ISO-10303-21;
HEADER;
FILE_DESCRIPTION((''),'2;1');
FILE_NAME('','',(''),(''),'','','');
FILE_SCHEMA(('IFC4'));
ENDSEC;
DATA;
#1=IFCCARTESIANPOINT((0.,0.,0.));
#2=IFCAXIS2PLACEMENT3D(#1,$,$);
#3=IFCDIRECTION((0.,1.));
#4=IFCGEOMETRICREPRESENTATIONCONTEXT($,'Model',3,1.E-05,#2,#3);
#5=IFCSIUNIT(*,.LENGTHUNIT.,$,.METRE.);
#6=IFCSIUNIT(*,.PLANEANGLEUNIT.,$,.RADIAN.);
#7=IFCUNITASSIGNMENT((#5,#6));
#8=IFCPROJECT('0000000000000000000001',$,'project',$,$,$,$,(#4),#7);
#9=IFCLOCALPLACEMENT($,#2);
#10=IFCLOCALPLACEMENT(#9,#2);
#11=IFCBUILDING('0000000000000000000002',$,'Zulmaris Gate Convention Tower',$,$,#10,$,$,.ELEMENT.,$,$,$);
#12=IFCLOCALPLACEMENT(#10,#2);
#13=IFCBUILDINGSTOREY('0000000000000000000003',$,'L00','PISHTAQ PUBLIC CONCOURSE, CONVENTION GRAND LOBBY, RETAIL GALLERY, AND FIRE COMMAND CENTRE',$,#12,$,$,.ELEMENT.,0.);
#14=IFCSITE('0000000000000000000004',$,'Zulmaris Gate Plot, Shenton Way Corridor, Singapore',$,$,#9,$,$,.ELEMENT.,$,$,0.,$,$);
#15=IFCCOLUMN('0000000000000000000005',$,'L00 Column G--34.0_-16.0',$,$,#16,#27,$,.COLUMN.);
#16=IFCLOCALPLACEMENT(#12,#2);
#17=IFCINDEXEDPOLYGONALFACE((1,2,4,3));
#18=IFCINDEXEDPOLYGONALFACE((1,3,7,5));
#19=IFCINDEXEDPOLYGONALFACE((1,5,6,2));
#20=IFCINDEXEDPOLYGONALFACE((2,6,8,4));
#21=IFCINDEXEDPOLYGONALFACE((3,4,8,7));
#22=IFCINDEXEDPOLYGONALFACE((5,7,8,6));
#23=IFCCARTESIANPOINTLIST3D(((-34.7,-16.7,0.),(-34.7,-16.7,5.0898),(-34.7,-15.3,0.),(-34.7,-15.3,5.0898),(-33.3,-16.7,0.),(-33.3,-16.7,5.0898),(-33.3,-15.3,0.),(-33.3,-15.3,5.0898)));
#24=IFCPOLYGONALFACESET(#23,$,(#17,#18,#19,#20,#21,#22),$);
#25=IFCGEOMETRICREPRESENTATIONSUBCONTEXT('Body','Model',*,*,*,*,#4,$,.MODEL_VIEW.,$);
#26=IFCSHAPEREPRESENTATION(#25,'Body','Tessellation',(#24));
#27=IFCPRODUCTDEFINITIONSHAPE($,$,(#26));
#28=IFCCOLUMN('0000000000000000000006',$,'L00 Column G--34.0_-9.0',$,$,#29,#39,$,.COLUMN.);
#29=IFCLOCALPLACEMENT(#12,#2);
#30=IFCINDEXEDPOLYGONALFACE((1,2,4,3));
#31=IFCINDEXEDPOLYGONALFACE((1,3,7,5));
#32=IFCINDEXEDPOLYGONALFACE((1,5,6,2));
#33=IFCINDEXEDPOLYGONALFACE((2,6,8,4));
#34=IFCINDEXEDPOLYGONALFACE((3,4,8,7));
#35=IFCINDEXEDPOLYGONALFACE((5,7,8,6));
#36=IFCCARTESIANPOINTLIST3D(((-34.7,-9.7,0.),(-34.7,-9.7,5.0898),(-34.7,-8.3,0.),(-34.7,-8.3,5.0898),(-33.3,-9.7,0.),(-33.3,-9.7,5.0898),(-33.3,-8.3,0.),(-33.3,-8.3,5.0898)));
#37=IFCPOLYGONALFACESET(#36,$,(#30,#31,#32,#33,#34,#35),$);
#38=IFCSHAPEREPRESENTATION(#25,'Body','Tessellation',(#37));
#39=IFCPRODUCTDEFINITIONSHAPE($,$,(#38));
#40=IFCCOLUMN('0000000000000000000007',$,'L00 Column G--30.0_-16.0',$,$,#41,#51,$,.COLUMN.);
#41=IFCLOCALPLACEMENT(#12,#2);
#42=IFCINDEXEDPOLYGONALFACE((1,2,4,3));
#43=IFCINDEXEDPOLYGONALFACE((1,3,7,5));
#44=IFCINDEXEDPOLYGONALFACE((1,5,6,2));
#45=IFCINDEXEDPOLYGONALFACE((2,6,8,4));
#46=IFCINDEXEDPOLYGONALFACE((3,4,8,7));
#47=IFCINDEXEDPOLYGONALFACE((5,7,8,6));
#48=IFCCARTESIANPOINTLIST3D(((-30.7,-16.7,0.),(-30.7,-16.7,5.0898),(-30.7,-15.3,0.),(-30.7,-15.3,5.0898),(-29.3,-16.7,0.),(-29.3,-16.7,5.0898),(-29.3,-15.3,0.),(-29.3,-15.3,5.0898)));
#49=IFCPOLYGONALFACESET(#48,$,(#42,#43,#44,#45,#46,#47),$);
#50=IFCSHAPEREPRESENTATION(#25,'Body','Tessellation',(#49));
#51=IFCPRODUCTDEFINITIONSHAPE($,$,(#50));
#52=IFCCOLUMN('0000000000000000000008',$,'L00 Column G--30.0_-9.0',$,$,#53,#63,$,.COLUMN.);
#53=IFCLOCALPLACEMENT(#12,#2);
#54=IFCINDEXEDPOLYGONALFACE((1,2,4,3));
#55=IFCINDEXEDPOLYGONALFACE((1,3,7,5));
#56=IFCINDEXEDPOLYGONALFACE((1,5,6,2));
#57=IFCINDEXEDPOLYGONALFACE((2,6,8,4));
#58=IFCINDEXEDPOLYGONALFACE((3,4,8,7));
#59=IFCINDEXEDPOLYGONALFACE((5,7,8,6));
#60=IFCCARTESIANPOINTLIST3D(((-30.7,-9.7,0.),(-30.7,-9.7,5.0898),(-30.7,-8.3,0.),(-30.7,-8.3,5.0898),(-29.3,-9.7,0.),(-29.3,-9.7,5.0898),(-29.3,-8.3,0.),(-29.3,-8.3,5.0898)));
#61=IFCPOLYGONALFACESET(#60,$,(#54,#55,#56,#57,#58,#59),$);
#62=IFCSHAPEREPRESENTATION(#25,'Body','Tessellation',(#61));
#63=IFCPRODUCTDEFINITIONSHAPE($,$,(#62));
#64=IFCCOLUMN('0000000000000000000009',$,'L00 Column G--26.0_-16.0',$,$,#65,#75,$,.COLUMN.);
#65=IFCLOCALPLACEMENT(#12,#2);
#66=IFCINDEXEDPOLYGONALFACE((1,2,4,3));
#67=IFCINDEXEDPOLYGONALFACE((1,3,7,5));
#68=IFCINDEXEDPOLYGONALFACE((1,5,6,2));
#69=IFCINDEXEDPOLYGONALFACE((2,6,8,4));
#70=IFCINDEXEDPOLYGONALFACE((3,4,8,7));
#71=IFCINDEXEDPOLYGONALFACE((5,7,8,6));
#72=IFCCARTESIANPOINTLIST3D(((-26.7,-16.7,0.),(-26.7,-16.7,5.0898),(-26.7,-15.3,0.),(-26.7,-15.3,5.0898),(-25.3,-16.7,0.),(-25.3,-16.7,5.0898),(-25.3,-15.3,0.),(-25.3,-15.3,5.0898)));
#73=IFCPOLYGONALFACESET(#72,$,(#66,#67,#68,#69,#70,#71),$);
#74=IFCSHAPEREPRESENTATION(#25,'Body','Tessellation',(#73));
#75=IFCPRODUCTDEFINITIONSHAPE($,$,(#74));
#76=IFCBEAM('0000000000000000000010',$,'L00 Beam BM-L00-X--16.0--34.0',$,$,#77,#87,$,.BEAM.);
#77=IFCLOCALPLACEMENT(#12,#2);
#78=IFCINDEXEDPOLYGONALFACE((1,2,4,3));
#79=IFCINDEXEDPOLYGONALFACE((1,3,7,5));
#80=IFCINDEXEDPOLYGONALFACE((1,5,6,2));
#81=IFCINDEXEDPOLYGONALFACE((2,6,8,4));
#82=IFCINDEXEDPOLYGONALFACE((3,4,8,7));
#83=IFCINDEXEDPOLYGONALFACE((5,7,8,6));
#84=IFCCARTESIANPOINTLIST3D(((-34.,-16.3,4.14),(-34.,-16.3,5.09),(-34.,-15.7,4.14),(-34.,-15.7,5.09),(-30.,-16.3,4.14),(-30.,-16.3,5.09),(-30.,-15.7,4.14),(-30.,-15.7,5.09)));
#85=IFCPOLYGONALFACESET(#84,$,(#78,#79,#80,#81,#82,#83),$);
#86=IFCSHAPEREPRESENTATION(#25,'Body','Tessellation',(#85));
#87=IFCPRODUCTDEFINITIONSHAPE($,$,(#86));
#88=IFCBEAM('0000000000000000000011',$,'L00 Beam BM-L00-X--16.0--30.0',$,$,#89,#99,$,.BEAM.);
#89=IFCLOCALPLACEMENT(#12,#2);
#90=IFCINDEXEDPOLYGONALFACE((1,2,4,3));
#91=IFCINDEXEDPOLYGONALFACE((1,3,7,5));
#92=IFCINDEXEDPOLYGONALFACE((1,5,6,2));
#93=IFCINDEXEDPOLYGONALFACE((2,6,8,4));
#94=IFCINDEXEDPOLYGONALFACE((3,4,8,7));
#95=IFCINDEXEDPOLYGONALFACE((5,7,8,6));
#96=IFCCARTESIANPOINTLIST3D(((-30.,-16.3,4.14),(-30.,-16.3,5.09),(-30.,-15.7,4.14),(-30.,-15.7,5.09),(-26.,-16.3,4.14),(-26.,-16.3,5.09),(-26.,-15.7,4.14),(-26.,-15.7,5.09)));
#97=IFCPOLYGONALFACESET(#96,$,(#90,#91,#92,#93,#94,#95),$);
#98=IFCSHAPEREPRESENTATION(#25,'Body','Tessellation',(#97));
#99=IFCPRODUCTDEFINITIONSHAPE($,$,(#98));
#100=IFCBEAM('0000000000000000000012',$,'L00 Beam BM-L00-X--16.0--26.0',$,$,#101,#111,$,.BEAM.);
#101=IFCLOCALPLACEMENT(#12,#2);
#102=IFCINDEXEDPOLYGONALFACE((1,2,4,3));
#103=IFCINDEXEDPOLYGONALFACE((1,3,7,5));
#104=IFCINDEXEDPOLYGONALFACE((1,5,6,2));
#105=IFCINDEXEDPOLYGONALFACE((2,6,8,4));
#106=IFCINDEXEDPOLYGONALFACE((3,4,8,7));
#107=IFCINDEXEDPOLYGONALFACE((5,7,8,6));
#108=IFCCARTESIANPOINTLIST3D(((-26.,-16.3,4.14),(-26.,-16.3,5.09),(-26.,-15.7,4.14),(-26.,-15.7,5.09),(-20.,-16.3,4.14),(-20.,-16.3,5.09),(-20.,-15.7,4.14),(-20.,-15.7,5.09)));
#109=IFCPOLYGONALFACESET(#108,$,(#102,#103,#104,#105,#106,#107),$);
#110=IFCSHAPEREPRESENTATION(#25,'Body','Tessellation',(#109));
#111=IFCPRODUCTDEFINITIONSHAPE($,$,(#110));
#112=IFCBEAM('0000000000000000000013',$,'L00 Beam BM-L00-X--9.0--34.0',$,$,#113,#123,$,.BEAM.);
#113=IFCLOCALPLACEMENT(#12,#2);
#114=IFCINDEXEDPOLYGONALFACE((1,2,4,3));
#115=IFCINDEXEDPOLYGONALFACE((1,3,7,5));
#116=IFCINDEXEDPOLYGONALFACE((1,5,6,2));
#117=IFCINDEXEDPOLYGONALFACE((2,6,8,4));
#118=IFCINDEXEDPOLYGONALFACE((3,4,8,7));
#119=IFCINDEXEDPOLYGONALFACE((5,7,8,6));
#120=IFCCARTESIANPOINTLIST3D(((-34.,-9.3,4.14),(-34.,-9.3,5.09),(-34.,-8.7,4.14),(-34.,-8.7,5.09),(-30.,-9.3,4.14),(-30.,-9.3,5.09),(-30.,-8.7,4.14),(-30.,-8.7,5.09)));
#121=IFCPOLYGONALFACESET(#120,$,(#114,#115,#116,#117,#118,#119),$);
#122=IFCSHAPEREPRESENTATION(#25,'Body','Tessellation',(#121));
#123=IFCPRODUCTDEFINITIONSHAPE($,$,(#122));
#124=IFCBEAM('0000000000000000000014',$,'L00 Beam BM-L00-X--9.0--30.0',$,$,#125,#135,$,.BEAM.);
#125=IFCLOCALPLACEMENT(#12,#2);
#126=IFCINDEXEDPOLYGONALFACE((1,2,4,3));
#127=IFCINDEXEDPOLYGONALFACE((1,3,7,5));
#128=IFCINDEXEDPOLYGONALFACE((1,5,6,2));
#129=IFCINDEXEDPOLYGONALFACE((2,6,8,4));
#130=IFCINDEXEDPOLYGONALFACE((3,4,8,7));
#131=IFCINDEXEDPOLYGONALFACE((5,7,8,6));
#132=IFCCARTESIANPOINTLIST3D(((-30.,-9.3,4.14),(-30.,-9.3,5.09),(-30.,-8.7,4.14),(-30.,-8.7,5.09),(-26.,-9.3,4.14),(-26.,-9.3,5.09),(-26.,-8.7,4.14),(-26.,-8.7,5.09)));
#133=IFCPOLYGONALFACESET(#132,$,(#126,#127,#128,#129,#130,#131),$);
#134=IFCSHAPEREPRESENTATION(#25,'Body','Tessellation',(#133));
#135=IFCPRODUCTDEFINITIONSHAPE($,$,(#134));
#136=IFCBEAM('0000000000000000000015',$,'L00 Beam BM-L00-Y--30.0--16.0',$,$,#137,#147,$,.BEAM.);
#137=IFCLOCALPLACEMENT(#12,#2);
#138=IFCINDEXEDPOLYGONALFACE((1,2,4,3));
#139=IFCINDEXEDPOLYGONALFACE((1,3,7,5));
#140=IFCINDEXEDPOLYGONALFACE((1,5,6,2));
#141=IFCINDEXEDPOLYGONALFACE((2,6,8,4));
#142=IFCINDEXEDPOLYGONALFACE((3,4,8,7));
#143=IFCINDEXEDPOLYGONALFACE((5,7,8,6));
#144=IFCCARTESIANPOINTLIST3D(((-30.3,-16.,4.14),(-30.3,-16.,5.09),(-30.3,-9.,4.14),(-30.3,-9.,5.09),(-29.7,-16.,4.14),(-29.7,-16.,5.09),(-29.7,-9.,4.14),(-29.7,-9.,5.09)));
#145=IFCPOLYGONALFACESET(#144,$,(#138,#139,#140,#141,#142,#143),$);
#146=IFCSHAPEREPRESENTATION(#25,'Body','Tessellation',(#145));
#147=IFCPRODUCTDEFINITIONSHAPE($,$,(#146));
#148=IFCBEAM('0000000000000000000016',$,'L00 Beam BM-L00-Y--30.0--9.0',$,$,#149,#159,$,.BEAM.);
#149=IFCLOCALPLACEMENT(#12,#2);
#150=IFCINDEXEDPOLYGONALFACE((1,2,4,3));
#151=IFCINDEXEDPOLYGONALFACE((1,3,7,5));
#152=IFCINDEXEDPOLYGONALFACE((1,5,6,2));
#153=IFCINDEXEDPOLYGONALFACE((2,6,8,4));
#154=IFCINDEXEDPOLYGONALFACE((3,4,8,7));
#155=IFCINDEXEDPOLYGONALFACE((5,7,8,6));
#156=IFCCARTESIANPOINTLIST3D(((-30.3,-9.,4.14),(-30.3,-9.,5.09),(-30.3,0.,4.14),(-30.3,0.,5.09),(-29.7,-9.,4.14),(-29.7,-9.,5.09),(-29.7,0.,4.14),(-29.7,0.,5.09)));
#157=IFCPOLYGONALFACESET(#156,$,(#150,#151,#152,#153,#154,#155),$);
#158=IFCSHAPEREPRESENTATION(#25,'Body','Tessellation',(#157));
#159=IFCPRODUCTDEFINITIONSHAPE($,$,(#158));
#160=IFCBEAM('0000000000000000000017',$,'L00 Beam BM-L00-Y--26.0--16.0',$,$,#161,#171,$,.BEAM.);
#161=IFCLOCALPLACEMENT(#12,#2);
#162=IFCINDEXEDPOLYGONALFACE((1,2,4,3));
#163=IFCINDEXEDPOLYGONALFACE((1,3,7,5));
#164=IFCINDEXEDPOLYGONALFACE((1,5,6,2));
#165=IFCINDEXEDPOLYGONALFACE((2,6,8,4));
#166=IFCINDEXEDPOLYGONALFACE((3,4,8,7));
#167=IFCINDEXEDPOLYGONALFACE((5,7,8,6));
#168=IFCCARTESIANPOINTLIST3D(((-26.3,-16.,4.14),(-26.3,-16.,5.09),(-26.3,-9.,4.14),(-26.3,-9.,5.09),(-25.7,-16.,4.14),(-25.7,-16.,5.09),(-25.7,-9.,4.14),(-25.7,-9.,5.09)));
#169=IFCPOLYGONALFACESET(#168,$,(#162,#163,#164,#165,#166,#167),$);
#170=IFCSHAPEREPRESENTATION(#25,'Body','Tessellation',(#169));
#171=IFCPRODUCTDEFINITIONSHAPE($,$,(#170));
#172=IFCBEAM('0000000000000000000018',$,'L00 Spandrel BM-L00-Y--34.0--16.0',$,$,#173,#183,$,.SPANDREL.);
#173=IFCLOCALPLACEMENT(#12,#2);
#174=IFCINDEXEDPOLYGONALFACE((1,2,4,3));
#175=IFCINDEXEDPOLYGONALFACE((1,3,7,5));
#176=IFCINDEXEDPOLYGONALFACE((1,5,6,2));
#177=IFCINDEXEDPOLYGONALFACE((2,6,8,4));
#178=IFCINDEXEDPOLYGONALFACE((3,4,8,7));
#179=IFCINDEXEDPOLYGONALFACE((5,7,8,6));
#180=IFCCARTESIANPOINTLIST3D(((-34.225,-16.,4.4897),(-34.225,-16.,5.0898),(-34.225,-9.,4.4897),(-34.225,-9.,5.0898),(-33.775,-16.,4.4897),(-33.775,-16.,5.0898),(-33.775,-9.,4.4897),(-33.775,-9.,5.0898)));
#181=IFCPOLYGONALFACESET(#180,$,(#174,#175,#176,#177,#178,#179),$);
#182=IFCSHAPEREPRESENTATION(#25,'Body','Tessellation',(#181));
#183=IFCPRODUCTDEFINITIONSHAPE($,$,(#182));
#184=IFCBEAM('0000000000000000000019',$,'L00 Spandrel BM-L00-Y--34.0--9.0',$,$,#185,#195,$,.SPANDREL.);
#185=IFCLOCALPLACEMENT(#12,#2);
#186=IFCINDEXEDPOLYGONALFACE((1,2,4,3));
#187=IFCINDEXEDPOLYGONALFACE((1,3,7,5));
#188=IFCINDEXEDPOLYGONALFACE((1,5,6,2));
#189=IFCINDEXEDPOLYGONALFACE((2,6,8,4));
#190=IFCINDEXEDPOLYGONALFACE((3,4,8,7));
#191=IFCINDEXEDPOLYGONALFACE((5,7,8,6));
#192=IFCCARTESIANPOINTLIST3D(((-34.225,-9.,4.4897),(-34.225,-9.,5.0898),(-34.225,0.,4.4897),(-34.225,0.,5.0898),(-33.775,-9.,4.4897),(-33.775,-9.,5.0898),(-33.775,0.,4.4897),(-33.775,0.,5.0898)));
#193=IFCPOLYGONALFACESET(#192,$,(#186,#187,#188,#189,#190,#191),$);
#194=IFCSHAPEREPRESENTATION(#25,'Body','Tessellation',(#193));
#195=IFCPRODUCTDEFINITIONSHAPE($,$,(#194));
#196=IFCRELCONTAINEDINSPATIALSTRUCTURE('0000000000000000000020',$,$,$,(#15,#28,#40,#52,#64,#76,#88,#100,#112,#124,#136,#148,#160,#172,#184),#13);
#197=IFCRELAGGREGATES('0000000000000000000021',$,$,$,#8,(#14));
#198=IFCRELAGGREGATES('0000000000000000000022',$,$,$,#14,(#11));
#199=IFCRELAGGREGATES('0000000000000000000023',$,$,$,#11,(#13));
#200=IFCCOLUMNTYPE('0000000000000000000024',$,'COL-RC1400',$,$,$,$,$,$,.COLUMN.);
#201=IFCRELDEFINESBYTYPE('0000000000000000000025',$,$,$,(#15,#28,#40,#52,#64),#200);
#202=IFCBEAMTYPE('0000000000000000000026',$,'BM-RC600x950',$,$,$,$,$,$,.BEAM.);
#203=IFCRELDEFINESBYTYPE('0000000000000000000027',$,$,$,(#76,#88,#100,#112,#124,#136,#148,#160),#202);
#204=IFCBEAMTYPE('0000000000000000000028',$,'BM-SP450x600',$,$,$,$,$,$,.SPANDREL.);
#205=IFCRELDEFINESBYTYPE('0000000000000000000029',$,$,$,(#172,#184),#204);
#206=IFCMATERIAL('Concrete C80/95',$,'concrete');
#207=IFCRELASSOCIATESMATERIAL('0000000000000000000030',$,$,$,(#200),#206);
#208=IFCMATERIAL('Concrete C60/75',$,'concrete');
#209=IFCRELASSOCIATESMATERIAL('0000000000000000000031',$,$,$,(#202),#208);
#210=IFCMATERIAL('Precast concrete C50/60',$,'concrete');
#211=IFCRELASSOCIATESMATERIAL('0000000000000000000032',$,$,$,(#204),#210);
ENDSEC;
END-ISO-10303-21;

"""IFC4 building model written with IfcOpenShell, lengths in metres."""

from ifc_helpers import new_model, si_unit, direction, frame, origin, origin_2d, place, context, subcontext, project, spatial, rectangle, extrude, material, material_profile, profile_set, type_object, element, save


model = new_model("IFC4")

# Units and contexts
model_context = context("Model", 3, precision=1e-05, world=origin(), true_north=direction((0.0, 1.0)))
body_context = subcontext(model_context, "Body", "Model", "MODEL_VIEW")
ifc_project = project(units=[si_unit("LENGTHUNIT", "METRE"), si_unit("PLANEANGLEUNIT", "RADIAN")], contexts=[model_context])

# Site, building, storey
site_placement = place(None, origin())
site = spatial("IfcSite", under=ifc_project, at=site_placement, Name="Zulmaris Gate Plot, Shenton Way Corridor, Singapore", CompositionType="ELEMENT", RefElevation=0.0)
building_placement = place(site_placement, origin())
building = spatial("IfcBuilding", under=site, at=building_placement, Name="Zulmaris Gate Convention Tower", CompositionType="ELEMENT")
storey_placement = place(building_placement, origin())
storey = spatial("IfcBuildingStorey", under=building, at=storey_placement, Name="L00", Description="PISHTAQ PUBLIC CONCOURSE, CONVENTION GRAND LOBBY, RETAIL GALLERY, AND FIRE COMMAND CENTRE", CompositionType="ELEMENT", Elevation=0.0)

# Columns
ifc_material_1 = material(Name="Concrete C80/95", Category="concrete")
ifc_material_profile_1 = material_profile(ifc_material_1, rectangle(XDim=1.3999, YDim=1.3999, at=origin_2d()), Name="RC COL 1400x1400")
ifc_profile_set_1 = profile_set([ifc_material_profile_1], Name="Concrete C80/95")
column_type = type_object("IfcColumnType", Name="COL-RC1400", PredefinedType="COLUMN", material=ifc_profile_set_1)
for number, where, z_axis, x_axis, name in (
    (1, (-34.0, -16.0, 0.0), (0.0, 0.0, 1.0), (1.0, 0.0, 0.0), "L00 Column G--34.0_-16.0"),
    (2, (-34.0, -9.0, 0.0), (0.0, 0.0, 1.0), (1.0, 0.0, 0.0), "L00 Column G--34.0_-9.0"),
    (3, (-30.0, -16.0, 0.0), (0.0, 0.0, 1.0), (1.0, 0.0, 0.0), "L00 Column G--30.0_-16.0"),
    (4, (-30.0, -9.0, 0.0), (0.0, 0.0, 1.0), (1.0, 0.0, 0.0), "L00 Column G--30.0_-9.0"),
    (5, (-26.0, -16.0, 0.0), (0.0, 0.0, 1.0), (1.0, 0.0, 0.0), "L00 Column G--26.0_-16.0"),
):
    element("IfcColumn", number, at=place(storey_placement, frame(where, z_axis=z_axis, x_axis=x_axis)), inside=storey, type_object=column_type, Name=name, PredefinedType="COLUMN", context=body_context, shape_type="SweptSolid", body=[
        extrude(rectangle(XDim=1.3999, YDim=1.3999, at=origin_2d()), origin(), (0.0, 0.0, 1.0), 5.0898),
    ])

# Beams
ifc_material_2 = material(Name="Concrete C60/75", Category="concrete")
ifc_material_profile_2 = material_profile(ifc_material_2, rectangle(XDim=0.6001, YDim=0.95, at=origin_2d()), Name="RC BEAM 600x950")
ifc_profile_set_2 = profile_set([ifc_material_profile_2], Name="Concrete C60/75")
beam_type_1 = type_object("IfcBeamType", Name="BM-RC600x950", PredefinedType="BEAM", material=ifc_profile_set_2)
for number, where, z_axis, x_axis, name in (
    (6, (-34.0, -16.0, 4.615), (1.0, 0.0, 0.0), (0.0, 1.0, 0.0), "L00 Beam BM-L00-X--16.0--34.0"),
    (7, (-30.0, -16.0, 4.615), (1.0, 0.0, 0.0), (0.0, 1.0, 0.0), "L00 Beam BM-L00-X--16.0--30.0"),
):
    element("IfcBeam", number, at=place(storey_placement, frame(where, z_axis=z_axis, x_axis=x_axis)), inside=storey, type_object=beam_type_1, Name=name, PredefinedType="BEAM", context=body_context, shape_type="SweptSolid", body=[
        extrude(rectangle(XDim=0.6001, YDim=0.95, at=origin_2d()), origin(), (0.0, 0.0, 1.0), 4.0),
    ])
beam_1_placement = place(storey_placement, frame((-26.0, -16.0, 4.615), z_axis=(1.0, 0.0, 0.0), x_axis=(0.0, 1.0, 0.0)))
element("IfcBeam", 8, at=beam_1_placement, inside=storey, type_object=beam_type_1, Name="L00 Beam BM-L00-X--16.0--26.0", PredefinedType="BEAM", context=body_context, shape_type="SweptSolid", body=[
    extrude(rectangle(XDim=0.6001, YDim=0.95, at=origin_2d()), origin(), (0.0, 0.0, 1.0), 6.0),
])
for number, where, z_axis, x_axis, name in (
    (9, (-34.0, -9.0, 4.615), (1.0, 0.0, 0.0), (0.0, 1.0, 0.0), "L00 Beam BM-L00-X--9.0--34.0"),
    (10, (-30.0, -9.0, 4.615), (1.0, 0.0, 0.0), (0.0, 1.0, 0.0), "L00 Beam BM-L00-X--9.0--30.0"),
):
    element("IfcBeam", number, at=place(storey_placement, frame(where, z_axis=z_axis, x_axis=x_axis)), inside=storey, type_object=beam_type_1, Name=name, PredefinedType="BEAM", context=body_context, shape_type="SweptSolid", body=[
        extrude(rectangle(XDim=0.6001, YDim=0.95, at=origin_2d()), origin(), (0.0, 0.0, 1.0), 4.0),
    ])
beam_2_placement = place(storey_placement, frame((-30.0, -16.0, 4.615), z_axis=(0.0, 1.0, 0.0), x_axis=(-1.0, 0.0, 0.0)))
element("IfcBeam", 11, at=beam_2_placement, inside=storey, type_object=beam_type_1, Name="L00 Beam BM-L00-Y--30.0--16.0", PredefinedType="BEAM", context=body_context, shape_type="SweptSolid", body=[
    extrude(rectangle(XDim=0.6001, YDim=0.95, at=origin_2d()), origin(), (0.0, 0.0, 1.0), 7.0),
])
beam_3_placement = place(storey_placement, frame((-30.0, -9.0, 4.615), z_axis=(0.0, 1.0, 0.0), x_axis=(-1.0, 0.0, 0.0)))
element("IfcBeam", 12, at=beam_3_placement, inside=storey, type_object=beam_type_1, Name="L00 Beam BM-L00-Y--30.0--9.0", PredefinedType="BEAM", context=body_context, shape_type="SweptSolid", body=[
    extrude(rectangle(XDim=0.6001, YDim=0.95, at=origin_2d()), origin(), (0.0, 0.0, 1.0), 9.0),
])
beam_4_placement = place(storey_placement, frame((-26.0, -16.0, 4.615), z_axis=(0.0, 1.0, 0.0), x_axis=(-1.0, 0.0, 0.0)))
element("IfcBeam", 13, at=beam_4_placement, inside=storey, type_object=beam_type_1, Name="L00 Beam BM-L00-Y--26.0--16.0", PredefinedType="BEAM", context=body_context, shape_type="SweptSolid", body=[
    extrude(rectangle(XDim=0.6001, YDim=0.95, at=origin_2d()), origin(), (0.0, 0.0, 1.0), 7.0),
])
ifc_material_3 = material(Name="Precast concrete C50/60", Category="concrete")
ifc_material_profile_3 = material_profile(ifc_material_3, rectangle(XDim=0.45, YDim=0.6001, at=origin_2d()), Name="RC SPANDREL 450x600")
ifc_profile_set_3 = profile_set([ifc_material_profile_3], Name="Precast concrete C50/60")
beam_type_2 = type_object("IfcBeamType", Name="BM-SP450x600", PredefinedType="SPANDREL", material=ifc_profile_set_3)
beam_5_placement = place(storey_placement, frame((-34.0, -16.0, 4.7898), z_axis=(0.0, 1.0, 0.0), x_axis=(-1.0, 0.0, 0.0)))
element("IfcBeam", 14, at=beam_5_placement, inside=storey, type_object=beam_type_2, Name="L00 Spandrel BM-L00-Y--34.0--16.0", PredefinedType="SPANDREL", context=body_context, shape_type="SweptSolid", body=[
    extrude(rectangle(XDim=0.45, YDim=0.6001, at=origin_2d()), origin(), (0.0, 0.0, 1.0), 7.0),
])
beam_6_placement = place(storey_placement, frame((-34.0, -9.0, 4.7898), z_axis=(0.0, 1.0, 0.0), x_axis=(-1.0, 0.0, 0.0)))
element("IfcBeam", 15, at=beam_6_placement, inside=storey, type_object=beam_type_2, Name="L00 Spandrel BM-L00-Y--34.0--9.0", PredefinedType="SPANDREL", context=body_context, shape_type="SweptSolid", body=[
    extrude(rectangle(XDim=0.45, YDim=0.6001, at=origin_2d()), origin(), (0.0, 0.0, 1.0), 9.0),
])

save(model, "model.ifc")
